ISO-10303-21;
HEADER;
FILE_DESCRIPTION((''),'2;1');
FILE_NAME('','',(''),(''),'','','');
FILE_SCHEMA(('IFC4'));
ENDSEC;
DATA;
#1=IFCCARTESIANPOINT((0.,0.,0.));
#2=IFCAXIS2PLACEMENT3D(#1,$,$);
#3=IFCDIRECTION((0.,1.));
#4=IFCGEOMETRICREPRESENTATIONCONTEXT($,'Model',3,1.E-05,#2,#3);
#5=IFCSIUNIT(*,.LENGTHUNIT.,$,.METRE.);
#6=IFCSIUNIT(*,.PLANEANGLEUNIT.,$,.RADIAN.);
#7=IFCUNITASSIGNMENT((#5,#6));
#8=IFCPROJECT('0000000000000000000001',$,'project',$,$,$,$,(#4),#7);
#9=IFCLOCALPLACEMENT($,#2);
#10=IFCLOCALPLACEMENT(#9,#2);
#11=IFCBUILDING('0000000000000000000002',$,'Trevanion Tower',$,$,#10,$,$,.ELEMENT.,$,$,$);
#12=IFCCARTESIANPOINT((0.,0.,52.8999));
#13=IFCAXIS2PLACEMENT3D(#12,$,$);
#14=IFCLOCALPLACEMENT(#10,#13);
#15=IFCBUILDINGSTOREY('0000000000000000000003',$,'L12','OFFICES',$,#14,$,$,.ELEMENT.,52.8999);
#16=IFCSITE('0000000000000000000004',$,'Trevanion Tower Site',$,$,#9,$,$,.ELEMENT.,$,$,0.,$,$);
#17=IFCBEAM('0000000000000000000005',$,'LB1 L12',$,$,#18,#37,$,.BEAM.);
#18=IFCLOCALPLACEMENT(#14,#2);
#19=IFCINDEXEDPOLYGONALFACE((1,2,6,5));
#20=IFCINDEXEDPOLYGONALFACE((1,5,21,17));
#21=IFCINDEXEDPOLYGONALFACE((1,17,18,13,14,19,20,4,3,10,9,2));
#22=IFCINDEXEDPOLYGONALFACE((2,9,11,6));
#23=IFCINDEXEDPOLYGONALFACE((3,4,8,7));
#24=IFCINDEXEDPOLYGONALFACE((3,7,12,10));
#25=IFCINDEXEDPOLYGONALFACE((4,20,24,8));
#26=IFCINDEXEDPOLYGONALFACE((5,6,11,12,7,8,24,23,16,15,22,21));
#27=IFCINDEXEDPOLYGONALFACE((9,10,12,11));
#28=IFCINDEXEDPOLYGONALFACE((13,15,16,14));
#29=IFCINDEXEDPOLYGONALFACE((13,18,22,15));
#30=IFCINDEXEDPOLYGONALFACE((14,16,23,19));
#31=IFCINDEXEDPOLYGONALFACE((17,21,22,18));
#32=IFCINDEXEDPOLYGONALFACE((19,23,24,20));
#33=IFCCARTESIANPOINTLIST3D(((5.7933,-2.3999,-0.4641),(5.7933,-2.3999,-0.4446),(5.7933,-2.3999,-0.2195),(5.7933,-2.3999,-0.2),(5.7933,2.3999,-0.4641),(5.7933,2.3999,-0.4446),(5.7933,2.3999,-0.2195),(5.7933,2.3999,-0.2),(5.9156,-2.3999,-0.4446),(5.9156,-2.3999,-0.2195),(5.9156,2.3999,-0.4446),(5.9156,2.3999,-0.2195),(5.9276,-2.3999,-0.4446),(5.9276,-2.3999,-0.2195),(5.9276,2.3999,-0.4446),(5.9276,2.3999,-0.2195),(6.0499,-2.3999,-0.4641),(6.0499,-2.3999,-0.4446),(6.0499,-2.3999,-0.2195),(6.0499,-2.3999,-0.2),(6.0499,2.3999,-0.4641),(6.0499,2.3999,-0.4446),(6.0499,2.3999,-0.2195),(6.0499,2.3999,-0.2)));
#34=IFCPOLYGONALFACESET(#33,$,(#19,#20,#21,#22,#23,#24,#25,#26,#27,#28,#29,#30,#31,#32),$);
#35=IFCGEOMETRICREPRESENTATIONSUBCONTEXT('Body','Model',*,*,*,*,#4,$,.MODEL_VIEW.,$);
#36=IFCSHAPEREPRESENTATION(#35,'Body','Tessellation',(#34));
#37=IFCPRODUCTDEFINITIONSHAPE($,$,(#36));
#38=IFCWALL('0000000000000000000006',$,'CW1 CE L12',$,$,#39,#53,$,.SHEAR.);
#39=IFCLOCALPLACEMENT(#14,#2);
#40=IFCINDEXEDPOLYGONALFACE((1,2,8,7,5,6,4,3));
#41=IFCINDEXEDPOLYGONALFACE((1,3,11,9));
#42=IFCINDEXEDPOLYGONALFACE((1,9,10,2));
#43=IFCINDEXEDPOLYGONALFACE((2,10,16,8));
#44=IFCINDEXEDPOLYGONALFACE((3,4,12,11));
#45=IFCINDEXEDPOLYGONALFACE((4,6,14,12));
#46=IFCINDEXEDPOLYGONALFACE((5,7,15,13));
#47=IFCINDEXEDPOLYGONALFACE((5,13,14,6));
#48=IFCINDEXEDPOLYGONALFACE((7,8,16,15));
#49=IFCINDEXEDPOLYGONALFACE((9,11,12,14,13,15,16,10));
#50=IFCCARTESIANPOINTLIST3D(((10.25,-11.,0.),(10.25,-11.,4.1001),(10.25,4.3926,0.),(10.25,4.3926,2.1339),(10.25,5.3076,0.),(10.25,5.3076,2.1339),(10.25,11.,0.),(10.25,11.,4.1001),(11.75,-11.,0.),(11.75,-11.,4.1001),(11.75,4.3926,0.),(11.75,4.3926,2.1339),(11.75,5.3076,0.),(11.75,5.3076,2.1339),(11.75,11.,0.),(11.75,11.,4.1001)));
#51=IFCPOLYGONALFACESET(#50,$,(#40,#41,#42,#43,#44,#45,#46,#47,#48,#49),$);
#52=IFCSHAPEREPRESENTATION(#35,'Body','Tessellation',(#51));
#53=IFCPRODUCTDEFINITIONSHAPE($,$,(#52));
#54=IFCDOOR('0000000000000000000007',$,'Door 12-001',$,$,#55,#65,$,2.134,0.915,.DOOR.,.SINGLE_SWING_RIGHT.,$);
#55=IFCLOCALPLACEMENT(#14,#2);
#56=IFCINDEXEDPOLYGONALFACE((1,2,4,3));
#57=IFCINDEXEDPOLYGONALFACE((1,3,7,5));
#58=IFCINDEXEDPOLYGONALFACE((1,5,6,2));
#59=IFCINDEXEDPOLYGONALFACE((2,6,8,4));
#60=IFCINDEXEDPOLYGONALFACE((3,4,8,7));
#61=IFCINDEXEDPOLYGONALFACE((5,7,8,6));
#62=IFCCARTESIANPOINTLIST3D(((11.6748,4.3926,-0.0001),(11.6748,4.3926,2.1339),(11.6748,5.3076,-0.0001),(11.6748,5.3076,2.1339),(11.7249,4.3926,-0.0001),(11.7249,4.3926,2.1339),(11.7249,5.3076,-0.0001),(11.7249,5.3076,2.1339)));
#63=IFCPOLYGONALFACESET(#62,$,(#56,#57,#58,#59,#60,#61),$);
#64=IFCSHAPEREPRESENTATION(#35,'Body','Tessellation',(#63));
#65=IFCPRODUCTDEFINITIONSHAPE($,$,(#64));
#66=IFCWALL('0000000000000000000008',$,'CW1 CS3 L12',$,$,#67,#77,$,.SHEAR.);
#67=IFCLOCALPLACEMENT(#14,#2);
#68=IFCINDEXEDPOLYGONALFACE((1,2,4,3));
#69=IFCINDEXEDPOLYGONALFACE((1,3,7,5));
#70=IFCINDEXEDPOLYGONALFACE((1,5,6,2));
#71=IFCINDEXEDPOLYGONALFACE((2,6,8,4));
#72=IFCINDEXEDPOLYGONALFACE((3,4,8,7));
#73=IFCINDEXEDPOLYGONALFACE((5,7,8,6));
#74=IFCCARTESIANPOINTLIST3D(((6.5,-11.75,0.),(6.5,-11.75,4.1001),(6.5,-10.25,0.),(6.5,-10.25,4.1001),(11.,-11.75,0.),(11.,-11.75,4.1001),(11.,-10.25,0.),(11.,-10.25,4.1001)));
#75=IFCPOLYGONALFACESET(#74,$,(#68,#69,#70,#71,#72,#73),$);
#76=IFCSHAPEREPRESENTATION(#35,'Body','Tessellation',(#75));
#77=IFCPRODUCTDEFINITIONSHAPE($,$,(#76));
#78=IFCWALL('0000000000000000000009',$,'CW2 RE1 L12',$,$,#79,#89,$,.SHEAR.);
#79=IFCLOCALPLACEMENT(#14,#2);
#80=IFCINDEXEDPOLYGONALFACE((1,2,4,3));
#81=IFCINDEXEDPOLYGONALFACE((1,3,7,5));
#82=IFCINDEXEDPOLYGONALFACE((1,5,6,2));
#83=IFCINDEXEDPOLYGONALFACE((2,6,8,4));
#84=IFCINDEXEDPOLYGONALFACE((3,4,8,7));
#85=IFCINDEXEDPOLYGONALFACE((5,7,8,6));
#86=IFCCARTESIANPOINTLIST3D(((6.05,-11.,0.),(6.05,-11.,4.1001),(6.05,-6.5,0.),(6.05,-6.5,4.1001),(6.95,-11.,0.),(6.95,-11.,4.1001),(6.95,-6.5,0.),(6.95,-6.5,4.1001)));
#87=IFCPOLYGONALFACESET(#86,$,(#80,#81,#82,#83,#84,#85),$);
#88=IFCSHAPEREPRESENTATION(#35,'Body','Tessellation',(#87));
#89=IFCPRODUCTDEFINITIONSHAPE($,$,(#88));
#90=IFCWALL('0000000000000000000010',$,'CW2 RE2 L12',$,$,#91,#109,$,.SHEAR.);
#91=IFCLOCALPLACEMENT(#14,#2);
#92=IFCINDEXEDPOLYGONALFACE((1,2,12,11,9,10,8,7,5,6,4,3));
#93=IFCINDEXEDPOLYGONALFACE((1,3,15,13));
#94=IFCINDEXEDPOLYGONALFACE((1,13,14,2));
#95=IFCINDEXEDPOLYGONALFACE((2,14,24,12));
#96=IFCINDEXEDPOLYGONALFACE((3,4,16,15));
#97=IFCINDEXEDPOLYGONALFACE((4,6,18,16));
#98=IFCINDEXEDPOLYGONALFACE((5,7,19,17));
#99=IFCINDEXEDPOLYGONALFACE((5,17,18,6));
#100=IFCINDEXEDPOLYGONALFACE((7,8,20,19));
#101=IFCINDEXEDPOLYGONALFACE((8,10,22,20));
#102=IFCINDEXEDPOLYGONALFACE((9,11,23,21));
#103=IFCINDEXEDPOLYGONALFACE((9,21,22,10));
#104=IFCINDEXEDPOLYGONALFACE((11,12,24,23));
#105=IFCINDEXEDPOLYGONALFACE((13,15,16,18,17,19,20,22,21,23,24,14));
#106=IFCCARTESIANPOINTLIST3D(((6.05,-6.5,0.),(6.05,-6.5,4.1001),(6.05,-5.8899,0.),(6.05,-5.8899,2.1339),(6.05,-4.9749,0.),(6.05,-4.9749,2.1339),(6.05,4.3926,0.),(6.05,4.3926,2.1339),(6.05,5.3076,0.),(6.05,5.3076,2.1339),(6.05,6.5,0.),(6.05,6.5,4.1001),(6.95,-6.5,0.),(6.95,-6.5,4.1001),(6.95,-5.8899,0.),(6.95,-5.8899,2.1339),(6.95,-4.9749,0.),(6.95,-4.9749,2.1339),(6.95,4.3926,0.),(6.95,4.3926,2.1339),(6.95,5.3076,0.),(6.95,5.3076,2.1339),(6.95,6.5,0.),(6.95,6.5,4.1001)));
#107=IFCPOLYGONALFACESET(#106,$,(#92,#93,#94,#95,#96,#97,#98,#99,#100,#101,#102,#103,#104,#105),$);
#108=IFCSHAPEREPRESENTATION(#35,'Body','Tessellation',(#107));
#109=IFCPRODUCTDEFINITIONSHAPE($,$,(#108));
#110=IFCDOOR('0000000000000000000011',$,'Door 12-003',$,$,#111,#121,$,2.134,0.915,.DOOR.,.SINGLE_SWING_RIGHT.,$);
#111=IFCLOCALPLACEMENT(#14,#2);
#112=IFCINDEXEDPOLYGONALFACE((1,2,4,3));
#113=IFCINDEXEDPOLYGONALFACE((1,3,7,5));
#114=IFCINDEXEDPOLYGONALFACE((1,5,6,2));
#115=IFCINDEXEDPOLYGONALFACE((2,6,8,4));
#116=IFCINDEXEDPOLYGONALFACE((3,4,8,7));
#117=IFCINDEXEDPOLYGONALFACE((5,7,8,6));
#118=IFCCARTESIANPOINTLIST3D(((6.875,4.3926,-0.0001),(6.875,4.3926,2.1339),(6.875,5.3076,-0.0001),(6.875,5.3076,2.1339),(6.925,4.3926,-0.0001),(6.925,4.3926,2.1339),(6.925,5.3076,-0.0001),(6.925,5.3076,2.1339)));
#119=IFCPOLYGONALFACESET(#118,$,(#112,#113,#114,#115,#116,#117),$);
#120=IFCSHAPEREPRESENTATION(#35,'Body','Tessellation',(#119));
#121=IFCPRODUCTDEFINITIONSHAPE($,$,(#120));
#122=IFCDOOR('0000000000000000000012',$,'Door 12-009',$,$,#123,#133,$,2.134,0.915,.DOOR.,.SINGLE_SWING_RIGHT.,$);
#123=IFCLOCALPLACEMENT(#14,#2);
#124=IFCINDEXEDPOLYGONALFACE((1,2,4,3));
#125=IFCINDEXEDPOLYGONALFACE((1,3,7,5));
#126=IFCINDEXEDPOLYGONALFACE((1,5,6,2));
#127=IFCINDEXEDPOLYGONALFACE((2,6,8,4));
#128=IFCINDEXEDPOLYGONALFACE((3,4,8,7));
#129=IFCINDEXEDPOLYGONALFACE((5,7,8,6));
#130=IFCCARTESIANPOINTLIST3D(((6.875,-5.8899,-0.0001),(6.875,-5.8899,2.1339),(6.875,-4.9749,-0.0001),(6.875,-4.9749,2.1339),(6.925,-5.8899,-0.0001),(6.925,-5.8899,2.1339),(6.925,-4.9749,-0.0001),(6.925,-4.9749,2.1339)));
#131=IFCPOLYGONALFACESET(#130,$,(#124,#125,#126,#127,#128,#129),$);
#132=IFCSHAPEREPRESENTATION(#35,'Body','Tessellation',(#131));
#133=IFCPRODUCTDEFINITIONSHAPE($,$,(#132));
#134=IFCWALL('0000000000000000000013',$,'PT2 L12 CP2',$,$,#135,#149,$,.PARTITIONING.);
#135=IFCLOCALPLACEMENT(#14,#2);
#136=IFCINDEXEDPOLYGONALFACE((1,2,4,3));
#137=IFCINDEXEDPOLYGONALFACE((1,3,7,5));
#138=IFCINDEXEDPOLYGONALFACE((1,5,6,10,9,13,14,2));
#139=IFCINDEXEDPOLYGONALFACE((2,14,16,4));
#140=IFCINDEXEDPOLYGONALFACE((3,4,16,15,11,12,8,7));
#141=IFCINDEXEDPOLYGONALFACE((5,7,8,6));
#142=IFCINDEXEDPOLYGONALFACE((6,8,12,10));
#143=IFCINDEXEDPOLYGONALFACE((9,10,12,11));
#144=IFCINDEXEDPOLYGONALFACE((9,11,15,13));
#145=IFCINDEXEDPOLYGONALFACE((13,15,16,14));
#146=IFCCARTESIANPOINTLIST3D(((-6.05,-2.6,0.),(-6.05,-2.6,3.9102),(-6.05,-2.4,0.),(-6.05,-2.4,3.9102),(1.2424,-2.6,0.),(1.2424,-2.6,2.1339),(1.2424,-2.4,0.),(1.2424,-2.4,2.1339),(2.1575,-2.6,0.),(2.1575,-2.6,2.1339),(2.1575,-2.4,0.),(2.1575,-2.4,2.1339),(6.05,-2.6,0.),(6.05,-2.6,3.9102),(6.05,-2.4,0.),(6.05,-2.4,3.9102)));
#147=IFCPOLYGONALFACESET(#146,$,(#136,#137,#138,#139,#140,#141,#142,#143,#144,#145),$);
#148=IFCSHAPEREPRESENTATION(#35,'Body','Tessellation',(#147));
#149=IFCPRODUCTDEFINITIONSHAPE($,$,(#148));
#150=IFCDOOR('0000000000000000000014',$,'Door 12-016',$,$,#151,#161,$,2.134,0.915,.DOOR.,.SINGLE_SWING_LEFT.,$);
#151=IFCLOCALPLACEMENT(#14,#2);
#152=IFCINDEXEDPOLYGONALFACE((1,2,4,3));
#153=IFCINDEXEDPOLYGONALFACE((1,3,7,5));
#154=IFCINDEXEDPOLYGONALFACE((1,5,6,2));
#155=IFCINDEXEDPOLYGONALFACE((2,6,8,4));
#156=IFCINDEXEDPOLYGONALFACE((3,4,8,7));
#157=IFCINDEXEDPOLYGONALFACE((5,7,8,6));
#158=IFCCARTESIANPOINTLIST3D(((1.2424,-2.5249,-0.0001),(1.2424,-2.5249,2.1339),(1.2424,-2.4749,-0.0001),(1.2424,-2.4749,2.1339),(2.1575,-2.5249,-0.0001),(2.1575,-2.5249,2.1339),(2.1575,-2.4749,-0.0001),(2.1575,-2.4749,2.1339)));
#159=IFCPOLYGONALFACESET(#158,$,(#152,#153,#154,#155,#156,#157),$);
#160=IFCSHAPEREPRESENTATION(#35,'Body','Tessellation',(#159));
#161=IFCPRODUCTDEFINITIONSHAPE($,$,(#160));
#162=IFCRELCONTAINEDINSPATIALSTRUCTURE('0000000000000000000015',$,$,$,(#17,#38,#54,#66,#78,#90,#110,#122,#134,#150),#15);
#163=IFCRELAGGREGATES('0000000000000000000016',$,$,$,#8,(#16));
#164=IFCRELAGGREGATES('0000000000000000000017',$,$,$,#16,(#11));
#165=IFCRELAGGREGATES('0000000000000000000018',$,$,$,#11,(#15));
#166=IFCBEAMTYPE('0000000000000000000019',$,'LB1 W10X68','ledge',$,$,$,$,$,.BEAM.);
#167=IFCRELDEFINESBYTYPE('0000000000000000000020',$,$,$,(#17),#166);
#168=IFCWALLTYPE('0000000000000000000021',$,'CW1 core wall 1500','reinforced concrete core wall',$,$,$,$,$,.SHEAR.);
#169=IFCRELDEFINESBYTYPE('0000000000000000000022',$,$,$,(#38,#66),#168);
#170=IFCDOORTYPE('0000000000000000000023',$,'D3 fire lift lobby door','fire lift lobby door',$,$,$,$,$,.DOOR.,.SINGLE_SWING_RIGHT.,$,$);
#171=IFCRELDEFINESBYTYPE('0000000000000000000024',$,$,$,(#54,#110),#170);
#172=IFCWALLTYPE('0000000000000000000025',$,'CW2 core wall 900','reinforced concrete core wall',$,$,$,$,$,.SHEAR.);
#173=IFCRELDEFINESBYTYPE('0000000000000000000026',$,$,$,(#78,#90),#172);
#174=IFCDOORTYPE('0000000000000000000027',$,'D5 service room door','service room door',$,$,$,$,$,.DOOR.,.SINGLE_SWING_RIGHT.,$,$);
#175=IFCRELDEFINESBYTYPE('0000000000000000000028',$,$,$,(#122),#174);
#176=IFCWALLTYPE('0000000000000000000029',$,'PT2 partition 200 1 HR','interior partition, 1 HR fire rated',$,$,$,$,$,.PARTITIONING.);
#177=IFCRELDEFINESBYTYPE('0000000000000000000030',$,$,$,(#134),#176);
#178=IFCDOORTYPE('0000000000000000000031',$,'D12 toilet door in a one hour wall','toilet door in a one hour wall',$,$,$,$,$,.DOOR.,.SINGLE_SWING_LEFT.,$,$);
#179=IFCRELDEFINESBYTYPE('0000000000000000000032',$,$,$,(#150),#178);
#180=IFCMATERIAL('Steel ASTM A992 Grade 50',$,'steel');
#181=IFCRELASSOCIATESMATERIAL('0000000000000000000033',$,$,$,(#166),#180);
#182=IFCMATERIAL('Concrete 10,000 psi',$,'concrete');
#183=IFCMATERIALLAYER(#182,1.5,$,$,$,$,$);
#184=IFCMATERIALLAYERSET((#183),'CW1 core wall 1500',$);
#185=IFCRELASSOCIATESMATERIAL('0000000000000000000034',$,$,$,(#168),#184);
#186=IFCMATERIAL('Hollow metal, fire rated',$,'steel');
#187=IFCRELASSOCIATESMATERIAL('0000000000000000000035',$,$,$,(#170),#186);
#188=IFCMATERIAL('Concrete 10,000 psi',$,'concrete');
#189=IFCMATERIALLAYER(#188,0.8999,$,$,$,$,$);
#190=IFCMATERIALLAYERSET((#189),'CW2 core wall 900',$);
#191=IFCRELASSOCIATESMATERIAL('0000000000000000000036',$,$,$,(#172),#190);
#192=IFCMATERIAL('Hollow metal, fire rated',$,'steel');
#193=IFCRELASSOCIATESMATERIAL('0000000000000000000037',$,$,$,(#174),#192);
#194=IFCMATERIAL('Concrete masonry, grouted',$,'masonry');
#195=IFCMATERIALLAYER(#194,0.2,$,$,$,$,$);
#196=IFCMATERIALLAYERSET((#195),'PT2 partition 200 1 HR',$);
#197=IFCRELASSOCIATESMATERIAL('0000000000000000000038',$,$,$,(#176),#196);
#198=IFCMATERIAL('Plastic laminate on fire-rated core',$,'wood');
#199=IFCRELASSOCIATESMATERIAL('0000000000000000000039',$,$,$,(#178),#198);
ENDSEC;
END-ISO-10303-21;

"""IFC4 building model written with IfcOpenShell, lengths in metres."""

from ifc_helpers import new_model, si_unit, direction, frame, frame_2d, origin, origin_2d, place, context, subcontext, project, spatial, rectangle, i_section, extrude, material, layer, layer_set, material_profile, profile_set, type_object, element, fill, save


model = new_model("IFC4")

# Units and contexts
model_context = context("Model", 3, precision=1e-05, world=origin(), true_north=direction((0.0, 1.0)))
body_context = subcontext(model_context, "Body", "Model", "MODEL_VIEW")
ifc_project = project(units=[si_unit("LENGTHUNIT", "METRE"), si_unit("PLANEANGLEUNIT", "RADIAN")], contexts=[model_context])

# Site, building, storey
site_placement = place(None, origin())
site = spatial("IfcSite", under=ifc_project, at=site_placement, Name="Trevanion Tower Site", CompositionType="ELEMENT", RefElevation=0.0)
building_placement = place(site_placement, origin())
building = spatial("IfcBuilding", under=site, at=building_placement, Name="Trevanion Tower", CompositionType="ELEMENT")
storey_placement = place(building_placement, frame((0.0, 0.0, 52.8999)))
storey = spatial("IfcBuildingStorey", under=building, at=storey_placement, Name="L12", Description="OFFICES", CompositionType="ELEMENT", Elevation=52.8999)

# Beam
ifc_material_1 = material(Name="Steel ASTM A992 Grade 50", Category="steel")
ifc_material_profile_1 = material_profile(ifc_material_1, i_section(OverallWidth=0.2566, OverallDepth=0.2642, WebThickness=0.012, FlangeThickness=0.0195, at=origin_2d()), Name="W10X68")
ifc_profile_set_1 = profile_set([ifc_material_profile_1], Name="Steel ASTM A992 Grade 50")
beam_type_1 = type_object("IfcBeamType", Name="LB1 W10X68", Description="ledge", PredefinedType="BEAM", material=ifc_profile_set_1)
beam_1_placement = place(storey_placement, frame((5.9216, -2.3999, -0.332), z_axis=(0.0, 1.0, 0.0), x_axis=(-1.0, 0.0, 0.0)))
element("IfcBeam", 1, at=beam_1_placement, inside=storey, type_object=beam_type_1, Name="LB1 L12", PredefinedType="BEAM", context=body_context, shape_type="SweptSolid", body=[
    extrude(i_section(OverallWidth=0.2566, OverallDepth=0.2642, WebThickness=0.012, FlangeThickness=0.0195, at=origin_2d()), origin(), (0.0, 0.0, 1.0), 4.7998),
])

# Wall, opening, door
ifc_material_2 = material(Name="Concrete 10,000 psi", Category="concrete")
ifc_layer_1 = layer(ifc_material_2, 1.5)
ifc_layer_set_1 = layer_set([ifc_layer_1], Name="CW1 core wall 1500")
wall_type_1 = type_object("IfcWallType", Name="CW1 core wall 1500", Description="reinforced concrete core wall", PredefinedType="SHEAR", material=ifc_layer_set_1)
wall_1_placement = place(storey_placement, frame((11.0, -11.0, 0.0), z_axis=(0.0, 0.0, 1.0), x_axis=(0.0, 1.0, 0.0)))
wall_1 = element("IfcWall", 2, at=wall_1_placement, inside=storey, type_object=wall_type_1, Name="CW1 CE L12", PredefinedType="SHEAR", context=body_context, shape_type="SweptSolid", body=[
    extrude(rectangle(XDim=22.0, YDim=1.5, at=frame_2d((11.0, 0.0))), origin(), (0.0, 0.0, 1.0), 4.1001),
])
opening_1_placement = place(wall_1_placement, frame((15.3926, 0.0, 0.0)))
opening_1 = element("IfcOpeningElement", 3, at=opening_1_placement, cuts=wall_1, PredefinedType="OPENING", context=body_context, shape_type="SweptSolid", body=[
    extrude(rectangle(XDim=0.915, YDim=2.134, at=frame_2d((0.4575, 1.0669))), frame((0.0, 0.76, 0.0), z_axis=(0.0, -1.0, 0.0), x_axis=(1.0, 0.0, 0.0)), (0.0, 0.0, 1.0), 1.52),
])
ifc_material_3 = material(Name="Hollow metal, fire rated", Category="steel")
door_type_1 = type_object("IfcDoorType", Name="D3 fire lift lobby door", Description="fire lift lobby door", OperationType="SINGLE_SWING_RIGHT", PredefinedType="DOOR", material=ifc_material_3)
door_1_placement = place(opening_1_placement, origin())
door_1 = element("IfcDoor", 4, at=door_1_placement, inside=storey, type_object=door_type_1, Name="Door 12-001", OperationType="SINGLE_SWING_RIGHT", OverallHeight=2.134, OverallWidth=0.915, PredefinedType="DOOR", context=body_context, shape_type="SweptSolid", body=[
    extrude(rectangle(XDim=0.915, YDim=2.134, at=frame_2d((0.4575, 1.0669))), frame((0.0, -0.6748, 0.0), z_axis=(0.0, -1.0, 0.0), x_axis=(1.0, 0.0, 0.0)), (0.0, 0.0, 1.0), 0.05),
])
fill(opening_1, door_1)

# Walls
wall_2_placement = place(storey_placement, frame((6.5, -11.0, 0.0), z_axis=(0.0, 0.0, 1.0), x_axis=(1.0, 0.0, 0.0)))
element("IfcWall", 5, at=wall_2_placement, inside=storey, type_object=wall_type_1, Name="CW1 CS3 L12", PredefinedType="SHEAR", context=body_context, shape_type="SweptSolid", body=[
    extrude(rectangle(XDim=4.5, YDim=1.5, at=frame_2d((2.25, 0.0))), origin(), (0.0, 0.0, 1.0), 4.1001),
])
ifc_material_4 = material(Name="Concrete 10,000 psi", Category="concrete")
ifc_layer_2 = layer(ifc_material_4, 0.8999)
ifc_layer_set_2 = layer_set([ifc_layer_2], Name="CW2 core wall 900")
wall_type_2 = type_object("IfcWallType", Name="CW2 core wall 900", Description="reinforced concrete core wall", PredefinedType="SHEAR", material=ifc_layer_set_2)
wall_3_placement = place(storey_placement, frame((6.5, -11.0, 0.0), z_axis=(0.0, 0.0, 1.0), x_axis=(0.0, 1.0, 0.0)))
element("IfcWall", 6, at=wall_3_placement, inside=storey, type_object=wall_type_2, Name="CW2 RE1 L12", PredefinedType="SHEAR", context=body_context, shape_type="SweptSolid", body=[
    extrude(rectangle(XDim=4.5, YDim=0.8999, at=frame_2d((2.25, 0.0))), origin(), (0.0, 0.0, 1.0), 4.1001),
])

# Wall, openings, doors
wall_4_placement = place(storey_placement, frame((6.5, -6.5, 0.0), z_axis=(0.0, 0.0, 1.0), x_axis=(0.0, 1.0, 0.0)))
wall_4 = element("IfcWall", 7, at=wall_4_placement, inside=storey, type_object=wall_type_2, Name="CW2 RE2 L12", PredefinedType="SHEAR", context=body_context, shape_type="SweptSolid", body=[
    extrude(rectangle(XDim=13.0, YDim=0.8999, at=frame_2d((6.5, 0.0))), origin(), (0.0, 0.0, 1.0), 4.1001),
])
opening_2_placement = place(wall_4_placement, frame((10.8926, 0.0, 0.0)))
opening_2 = element("IfcOpeningElement", 8, at=opening_2_placement, cuts=wall_4, PredefinedType="OPENING", context=body_context, shape_type="SweptSolid", body=[
    extrude(rectangle(XDim=0.915, YDim=2.134, at=frame_2d((0.4575, 1.0669))), frame((0.0, 0.46, 0.0), z_axis=(0.0, -1.0, 0.0), x_axis=(1.0, 0.0, 0.0)), (0.0, 0.0, 1.0), 0.9199),
])
opening_3_placement = place(wall_4_placement, frame((0.6101, 0.0, 0.0)))
opening_3 = element("IfcOpeningElement", 9, at=opening_3_placement, cuts=wall_4, PredefinedType="OPENING", context=body_context, shape_type="SweptSolid", body=[
    extrude(rectangle(XDim=0.915, YDim=2.134, at=frame_2d((0.4575, 1.0669))), frame((0.0, 0.46, 0.0), z_axis=(0.0, -1.0, 0.0), x_axis=(1.0, 0.0, 0.0)), (0.0, 0.0, 1.0), 0.9199),
])
door_2_placement = place(opening_2_placement, origin())
door_2 = element("IfcDoor", 10, at=door_2_placement, inside=storey, type_object=door_type_1, Name="Door 12-003", OperationType="SINGLE_SWING_RIGHT", OverallHeight=2.134, OverallWidth=0.915, PredefinedType="DOOR", context=body_context, shape_type="SweptSolid", body=[
    extrude(rectangle(XDim=0.915, YDim=2.134, at=frame_2d((0.4575, 1.0669))), frame((0.0, -0.375, 0.0), z_axis=(0.0, -1.0, 0.0), x_axis=(1.0, 0.0, 0.0)), (0.0, 0.0, 1.0), 0.05),
])
fill(opening_2, door_2)
ifc_material_5 = material(Name="Hollow metal, fire rated", Category="steel")
door_type_2 = type_object("IfcDoorType", Name="D5 service room door", Description="service room door", OperationType="SINGLE_SWING_RIGHT", PredefinedType="DOOR", material=ifc_material_5)
door_3_placement = place(opening_3_placement, origin())
door_3 = element("IfcDoor", 11, at=door_3_placement, inside=storey, type_object=door_type_2, Name="Door 12-009", OperationType="SINGLE_SWING_RIGHT", OverallHeight=2.134, OverallWidth=0.915, PredefinedType="DOOR", context=body_context, shape_type="SweptSolid", body=[
    extrude(rectangle(XDim=0.915, YDim=2.134, at=frame_2d((0.4575, 1.0669))), frame((0.0, -0.375, 0.0), z_axis=(0.0, -1.0, 0.0), x_axis=(1.0, 0.0, 0.0)), (0.0, 0.0, 1.0), 0.05),
])
fill(opening_3, door_3)

# Wall, opening, door
ifc_material_6 = material(Name="Concrete masonry, grouted", Category="masonry")
ifc_layer_3 = layer(ifc_material_6, 0.2)
ifc_layer_set_3 = layer_set([ifc_layer_3], Name="PT2 partition 200 1 HR")
wall_type_3 = type_object("IfcWallType", Name="PT2 partition 200 1 HR", Description="interior partition, 1 HR fire rated", PredefinedType="PARTITIONING", material=ifc_layer_set_3)
wall_5_placement = place(storey_placement, frame((6.05, -2.5, 0.0), z_axis=(0.0, 0.0, 1.0), x_axis=(-1.0, 0.0, 0.0)))
wall_5 = element("IfcWall", 12, at=wall_5_placement, inside=storey, type_object=wall_type_3, Name="PT2 L12 CP2", PredefinedType="PARTITIONING", context=body_context, shape_type="SweptSolid", body=[
    extrude(rectangle(XDim=12.1001, YDim=0.2, at=frame_2d((6.05, 0.0))), origin(), (0.0, 0.0, 1.0), 3.9102),
])
opening_4_placement = place(wall_5_placement, frame((3.8926, 0.0, 0.0)))
opening_4 = element("IfcOpeningElement", 13, at=opening_4_placement, cuts=wall_5, PredefinedType="OPENING", context=body_context, shape_type="SweptSolid", body=[
    extrude(rectangle(XDim=0.915, YDim=2.134, at=frame_2d((0.4575, 1.0669))), frame((0.0, 0.1099, 0.0), z_axis=(0.0, -1.0, 0.0), x_axis=(1.0, 0.0, 0.0)), (0.0, 0.0, 1.0), 0.22),
])
ifc_material_7 = material(Name="Plastic laminate on fire-rated core", Category="wood")
door_type_3 = type_object("IfcDoorType", Name="D12 toilet door in a one hour wall", Description="toilet door in a one hour wall", OperationType="SINGLE_SWING_LEFT", PredefinedType="DOOR", material=ifc_material_7)
door_4_placement = place(opening_4_placement, origin())
door_4 = element("IfcDoor", 14, at=door_4_placement, inside=storey, type_object=door_type_3, Name="Door 12-016", OperationType="SINGLE_SWING_LEFT", OverallHeight=2.134, OverallWidth=0.915, PredefinedType="DOOR", context=body_context, shape_type="SweptSolid", body=[
    extrude(rectangle(XDim=0.915, YDim=2.134, at=frame_2d((0.4575, 1.0669))), frame((0.0, 0.0249, 0.0), z_axis=(0.0, -1.0, 0.0), x_axis=(1.0, 0.0, 0.0)), (0.0, 0.0, 1.0), 0.05),
])
fill(opening_4, door_4)

save(model, "model.ifc")
